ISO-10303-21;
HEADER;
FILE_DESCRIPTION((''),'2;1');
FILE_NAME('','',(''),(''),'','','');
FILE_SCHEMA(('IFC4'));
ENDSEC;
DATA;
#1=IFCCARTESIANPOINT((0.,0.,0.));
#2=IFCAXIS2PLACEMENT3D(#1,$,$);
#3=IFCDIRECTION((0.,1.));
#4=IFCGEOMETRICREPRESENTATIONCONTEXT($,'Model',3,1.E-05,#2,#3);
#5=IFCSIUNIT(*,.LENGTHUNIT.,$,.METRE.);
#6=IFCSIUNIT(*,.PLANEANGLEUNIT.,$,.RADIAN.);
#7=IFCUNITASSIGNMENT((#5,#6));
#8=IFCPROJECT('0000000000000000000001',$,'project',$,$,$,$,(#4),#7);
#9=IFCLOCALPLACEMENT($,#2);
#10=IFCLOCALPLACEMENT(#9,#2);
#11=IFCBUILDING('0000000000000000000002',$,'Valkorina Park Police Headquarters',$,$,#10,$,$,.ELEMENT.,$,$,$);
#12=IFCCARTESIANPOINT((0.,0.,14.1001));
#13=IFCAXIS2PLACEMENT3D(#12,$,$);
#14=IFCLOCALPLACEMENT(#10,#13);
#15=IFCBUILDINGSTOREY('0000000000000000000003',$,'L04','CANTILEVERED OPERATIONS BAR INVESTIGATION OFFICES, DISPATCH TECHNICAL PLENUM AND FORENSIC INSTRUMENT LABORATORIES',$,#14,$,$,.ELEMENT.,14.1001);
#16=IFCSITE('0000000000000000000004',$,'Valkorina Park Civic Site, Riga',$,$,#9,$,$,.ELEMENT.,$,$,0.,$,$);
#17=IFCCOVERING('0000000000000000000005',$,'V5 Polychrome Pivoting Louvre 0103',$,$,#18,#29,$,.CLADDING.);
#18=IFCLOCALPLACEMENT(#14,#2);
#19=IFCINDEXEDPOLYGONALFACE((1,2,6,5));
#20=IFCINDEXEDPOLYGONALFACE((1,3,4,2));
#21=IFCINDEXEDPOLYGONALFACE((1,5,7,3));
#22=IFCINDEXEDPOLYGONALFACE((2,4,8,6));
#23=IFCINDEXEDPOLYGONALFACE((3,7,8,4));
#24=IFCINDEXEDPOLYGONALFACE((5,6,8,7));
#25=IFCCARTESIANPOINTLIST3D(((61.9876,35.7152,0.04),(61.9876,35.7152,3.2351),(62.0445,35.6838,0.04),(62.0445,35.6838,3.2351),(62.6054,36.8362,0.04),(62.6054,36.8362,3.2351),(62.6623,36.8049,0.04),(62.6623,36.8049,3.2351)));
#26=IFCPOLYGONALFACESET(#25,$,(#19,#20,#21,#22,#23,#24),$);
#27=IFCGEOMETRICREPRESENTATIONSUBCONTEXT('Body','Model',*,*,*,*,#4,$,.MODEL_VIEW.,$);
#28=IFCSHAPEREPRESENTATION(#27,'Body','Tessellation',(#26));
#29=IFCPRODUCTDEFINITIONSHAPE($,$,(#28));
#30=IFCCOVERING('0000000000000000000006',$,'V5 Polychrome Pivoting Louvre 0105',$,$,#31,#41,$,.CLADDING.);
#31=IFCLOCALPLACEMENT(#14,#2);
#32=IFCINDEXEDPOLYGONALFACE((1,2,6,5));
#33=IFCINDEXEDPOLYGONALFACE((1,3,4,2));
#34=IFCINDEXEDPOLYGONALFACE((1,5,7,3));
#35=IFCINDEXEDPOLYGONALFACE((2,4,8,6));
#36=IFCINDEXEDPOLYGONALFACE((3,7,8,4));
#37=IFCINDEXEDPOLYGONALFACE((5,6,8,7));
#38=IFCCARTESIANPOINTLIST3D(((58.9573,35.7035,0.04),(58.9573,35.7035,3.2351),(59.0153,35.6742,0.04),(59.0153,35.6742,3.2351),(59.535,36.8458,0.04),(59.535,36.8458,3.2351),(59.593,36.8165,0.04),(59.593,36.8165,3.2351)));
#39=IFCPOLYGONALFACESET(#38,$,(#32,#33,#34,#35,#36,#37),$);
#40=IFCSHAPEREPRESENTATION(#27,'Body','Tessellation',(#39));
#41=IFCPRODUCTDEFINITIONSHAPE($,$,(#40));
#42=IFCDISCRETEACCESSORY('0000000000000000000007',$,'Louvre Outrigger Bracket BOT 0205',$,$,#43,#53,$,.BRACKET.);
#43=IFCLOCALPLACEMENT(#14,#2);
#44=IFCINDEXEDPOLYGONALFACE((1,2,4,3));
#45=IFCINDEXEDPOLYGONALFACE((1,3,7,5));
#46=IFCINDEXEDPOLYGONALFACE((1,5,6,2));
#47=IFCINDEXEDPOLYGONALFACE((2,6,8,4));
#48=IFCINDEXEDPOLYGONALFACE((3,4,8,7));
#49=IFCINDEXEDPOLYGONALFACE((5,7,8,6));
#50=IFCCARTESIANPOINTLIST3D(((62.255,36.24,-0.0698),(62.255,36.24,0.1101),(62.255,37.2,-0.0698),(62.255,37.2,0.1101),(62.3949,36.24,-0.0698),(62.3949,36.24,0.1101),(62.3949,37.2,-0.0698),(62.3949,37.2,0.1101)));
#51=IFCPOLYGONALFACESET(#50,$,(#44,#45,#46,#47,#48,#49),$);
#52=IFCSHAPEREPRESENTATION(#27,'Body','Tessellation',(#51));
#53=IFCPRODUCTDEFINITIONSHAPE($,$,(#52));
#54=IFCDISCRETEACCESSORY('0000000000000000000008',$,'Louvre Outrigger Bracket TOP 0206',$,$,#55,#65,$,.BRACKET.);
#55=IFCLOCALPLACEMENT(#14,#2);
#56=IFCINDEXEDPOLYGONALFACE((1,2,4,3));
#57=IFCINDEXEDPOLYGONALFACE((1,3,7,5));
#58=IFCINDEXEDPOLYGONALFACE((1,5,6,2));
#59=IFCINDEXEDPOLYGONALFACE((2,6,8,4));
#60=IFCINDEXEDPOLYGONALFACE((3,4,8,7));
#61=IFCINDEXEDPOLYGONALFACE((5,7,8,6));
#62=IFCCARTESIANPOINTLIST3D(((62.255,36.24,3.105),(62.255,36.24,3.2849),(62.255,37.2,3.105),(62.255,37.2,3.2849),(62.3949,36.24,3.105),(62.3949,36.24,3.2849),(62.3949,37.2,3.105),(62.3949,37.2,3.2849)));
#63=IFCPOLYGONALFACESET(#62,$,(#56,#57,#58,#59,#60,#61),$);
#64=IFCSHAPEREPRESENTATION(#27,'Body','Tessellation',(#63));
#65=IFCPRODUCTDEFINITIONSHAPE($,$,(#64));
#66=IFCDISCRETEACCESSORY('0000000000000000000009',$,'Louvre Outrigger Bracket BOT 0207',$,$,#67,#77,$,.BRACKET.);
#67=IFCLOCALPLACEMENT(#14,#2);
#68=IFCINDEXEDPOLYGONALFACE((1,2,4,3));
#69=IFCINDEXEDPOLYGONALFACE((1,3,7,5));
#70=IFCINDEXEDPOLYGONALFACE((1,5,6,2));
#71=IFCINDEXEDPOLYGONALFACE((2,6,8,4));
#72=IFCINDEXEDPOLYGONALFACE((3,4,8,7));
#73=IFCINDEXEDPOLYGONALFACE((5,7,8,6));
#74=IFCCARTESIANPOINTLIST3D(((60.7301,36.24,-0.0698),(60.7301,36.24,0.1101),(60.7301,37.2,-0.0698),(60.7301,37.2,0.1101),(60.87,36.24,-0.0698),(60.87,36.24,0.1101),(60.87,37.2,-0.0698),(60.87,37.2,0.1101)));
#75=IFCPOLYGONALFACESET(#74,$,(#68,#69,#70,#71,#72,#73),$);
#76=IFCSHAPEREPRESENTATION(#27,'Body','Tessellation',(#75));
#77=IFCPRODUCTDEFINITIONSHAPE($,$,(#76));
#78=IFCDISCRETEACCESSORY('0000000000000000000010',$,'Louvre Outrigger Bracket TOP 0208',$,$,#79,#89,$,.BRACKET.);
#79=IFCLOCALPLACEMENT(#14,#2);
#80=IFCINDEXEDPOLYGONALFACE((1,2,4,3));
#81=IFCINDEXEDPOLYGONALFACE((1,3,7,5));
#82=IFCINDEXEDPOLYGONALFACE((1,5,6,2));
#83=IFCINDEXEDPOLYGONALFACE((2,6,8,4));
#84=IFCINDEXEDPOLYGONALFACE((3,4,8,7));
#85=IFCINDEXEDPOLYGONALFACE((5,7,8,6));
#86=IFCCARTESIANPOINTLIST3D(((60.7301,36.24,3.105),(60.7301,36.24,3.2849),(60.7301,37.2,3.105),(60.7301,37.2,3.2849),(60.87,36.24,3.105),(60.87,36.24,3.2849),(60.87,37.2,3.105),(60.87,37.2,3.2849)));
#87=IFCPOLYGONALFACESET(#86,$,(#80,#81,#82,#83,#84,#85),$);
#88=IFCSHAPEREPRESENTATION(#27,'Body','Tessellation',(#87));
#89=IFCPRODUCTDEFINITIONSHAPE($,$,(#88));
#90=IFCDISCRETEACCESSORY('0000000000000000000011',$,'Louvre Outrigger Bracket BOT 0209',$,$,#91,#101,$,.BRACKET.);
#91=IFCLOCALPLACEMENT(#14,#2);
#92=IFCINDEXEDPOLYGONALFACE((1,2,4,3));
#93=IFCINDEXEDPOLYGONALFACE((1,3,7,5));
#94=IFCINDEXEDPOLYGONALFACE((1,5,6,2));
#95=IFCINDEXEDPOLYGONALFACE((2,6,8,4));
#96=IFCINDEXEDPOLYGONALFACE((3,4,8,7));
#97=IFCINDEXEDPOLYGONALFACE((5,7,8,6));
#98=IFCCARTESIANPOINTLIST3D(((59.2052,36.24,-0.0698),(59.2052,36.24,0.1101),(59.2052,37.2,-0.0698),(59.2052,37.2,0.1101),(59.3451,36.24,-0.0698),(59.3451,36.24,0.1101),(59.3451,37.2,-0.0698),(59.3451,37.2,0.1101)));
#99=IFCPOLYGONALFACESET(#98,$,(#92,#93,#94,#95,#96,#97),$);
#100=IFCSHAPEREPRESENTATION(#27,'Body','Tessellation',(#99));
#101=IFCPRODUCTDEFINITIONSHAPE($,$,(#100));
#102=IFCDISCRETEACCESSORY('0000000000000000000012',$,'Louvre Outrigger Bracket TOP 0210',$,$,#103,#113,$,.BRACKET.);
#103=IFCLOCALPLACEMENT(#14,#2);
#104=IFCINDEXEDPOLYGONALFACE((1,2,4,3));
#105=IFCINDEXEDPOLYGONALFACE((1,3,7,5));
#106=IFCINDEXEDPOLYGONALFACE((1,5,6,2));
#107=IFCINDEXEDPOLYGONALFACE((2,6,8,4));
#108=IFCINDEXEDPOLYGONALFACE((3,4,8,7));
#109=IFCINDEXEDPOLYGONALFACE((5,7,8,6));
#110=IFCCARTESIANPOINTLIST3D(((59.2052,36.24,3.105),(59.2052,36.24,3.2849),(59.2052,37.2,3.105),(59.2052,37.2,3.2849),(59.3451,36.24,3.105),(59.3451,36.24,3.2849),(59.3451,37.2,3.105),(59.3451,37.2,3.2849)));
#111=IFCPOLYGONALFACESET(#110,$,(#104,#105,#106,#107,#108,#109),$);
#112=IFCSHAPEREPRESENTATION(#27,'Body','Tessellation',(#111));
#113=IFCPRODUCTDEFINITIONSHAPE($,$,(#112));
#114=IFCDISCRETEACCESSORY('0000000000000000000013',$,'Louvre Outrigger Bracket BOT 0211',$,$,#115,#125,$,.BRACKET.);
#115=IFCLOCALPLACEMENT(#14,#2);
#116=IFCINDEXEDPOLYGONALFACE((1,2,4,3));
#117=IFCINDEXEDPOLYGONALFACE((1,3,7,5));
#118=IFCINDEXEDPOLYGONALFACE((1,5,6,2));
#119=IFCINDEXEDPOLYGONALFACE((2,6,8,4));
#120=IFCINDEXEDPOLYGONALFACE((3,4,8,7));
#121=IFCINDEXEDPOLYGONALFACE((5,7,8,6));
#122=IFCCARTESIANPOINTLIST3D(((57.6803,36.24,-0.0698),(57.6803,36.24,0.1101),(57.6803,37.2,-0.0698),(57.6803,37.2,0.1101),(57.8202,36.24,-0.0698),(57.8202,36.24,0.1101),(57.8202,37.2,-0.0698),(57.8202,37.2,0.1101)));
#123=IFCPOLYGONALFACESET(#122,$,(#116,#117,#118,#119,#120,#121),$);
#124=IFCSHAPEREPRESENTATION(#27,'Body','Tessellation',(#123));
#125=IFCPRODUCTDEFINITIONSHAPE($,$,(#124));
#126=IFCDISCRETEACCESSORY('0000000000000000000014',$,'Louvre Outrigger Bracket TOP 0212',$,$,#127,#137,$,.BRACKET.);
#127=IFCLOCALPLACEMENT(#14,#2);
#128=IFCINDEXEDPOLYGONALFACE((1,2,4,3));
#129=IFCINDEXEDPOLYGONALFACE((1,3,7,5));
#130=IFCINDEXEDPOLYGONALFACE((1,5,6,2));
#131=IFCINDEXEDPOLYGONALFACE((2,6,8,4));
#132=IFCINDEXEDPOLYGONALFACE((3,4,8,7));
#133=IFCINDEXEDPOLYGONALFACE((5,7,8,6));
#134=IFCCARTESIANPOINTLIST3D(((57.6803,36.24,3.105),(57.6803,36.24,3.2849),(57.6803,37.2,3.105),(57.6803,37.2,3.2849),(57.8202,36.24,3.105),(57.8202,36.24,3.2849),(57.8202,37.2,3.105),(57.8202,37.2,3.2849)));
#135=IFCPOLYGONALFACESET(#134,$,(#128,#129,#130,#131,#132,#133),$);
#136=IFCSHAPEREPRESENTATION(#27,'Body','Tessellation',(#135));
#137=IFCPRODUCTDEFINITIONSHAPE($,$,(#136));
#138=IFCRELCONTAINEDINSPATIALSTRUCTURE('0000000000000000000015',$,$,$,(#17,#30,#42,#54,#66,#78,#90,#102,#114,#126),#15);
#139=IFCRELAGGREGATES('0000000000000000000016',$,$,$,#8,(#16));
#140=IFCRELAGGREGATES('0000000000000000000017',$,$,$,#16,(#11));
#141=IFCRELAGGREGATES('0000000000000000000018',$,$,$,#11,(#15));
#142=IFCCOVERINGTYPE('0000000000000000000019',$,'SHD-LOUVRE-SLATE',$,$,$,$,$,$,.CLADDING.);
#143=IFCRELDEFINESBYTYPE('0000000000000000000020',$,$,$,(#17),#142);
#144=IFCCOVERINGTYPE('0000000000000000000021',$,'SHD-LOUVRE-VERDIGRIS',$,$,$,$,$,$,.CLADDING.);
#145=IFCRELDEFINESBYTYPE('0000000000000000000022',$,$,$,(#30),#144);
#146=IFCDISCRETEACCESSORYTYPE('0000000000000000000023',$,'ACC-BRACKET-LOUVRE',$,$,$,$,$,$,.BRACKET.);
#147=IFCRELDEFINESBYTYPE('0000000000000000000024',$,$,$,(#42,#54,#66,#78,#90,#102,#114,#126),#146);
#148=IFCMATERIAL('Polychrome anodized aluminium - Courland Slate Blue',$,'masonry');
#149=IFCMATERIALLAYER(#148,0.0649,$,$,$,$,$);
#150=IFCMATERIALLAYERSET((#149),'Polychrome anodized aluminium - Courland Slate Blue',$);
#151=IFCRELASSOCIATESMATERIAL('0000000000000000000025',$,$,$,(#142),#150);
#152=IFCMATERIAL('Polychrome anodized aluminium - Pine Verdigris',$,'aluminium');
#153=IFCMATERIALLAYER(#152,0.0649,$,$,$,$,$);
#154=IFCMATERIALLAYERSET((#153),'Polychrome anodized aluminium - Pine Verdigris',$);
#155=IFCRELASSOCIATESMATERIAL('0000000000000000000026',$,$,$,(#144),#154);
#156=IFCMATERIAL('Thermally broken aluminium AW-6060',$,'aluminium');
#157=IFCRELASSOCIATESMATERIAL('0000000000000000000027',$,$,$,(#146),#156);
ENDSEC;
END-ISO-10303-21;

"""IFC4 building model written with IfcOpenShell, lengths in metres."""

from ifc_helpers import new_model, si_unit, direction, frame, origin, origin_2d, place, context, subcontext, project, spatial, rectangle, extrude, material, layer, layer_set, type_object, element, save


model = new_model("IFC4")

# Units and contexts
model_context = context("Model", 3, precision=1e-05, world=origin(), true_north=direction((0.0, 1.0)))
body_context = subcontext(model_context, "Body", "Model", "MODEL_VIEW")
ifc_project = project(units=[si_unit("LENGTHUNIT", "METRE"), si_unit("PLANEANGLEUNIT", "RADIAN")], contexts=[model_context])

# Site, building, storey
site_placement = place(None, origin())
site = spatial("IfcSite", under=ifc_project, at=site_placement, Name="Valkorina Park Civic Site, Riga", CompositionType="ELEMENT", RefElevation=0.0)
building_placement = place(site_placement, origin())
building = spatial("IfcBuilding", under=site, at=building_placement, Name="Valkorina Park Police Headquarters", CompositionType="ELEMENT")
storey_placement = place(building_placement, frame((0.0, 0.0, 14.1001)))
storey = spatial("IfcBuildingStorey", under=building, at=storey_placement, Name="L04", Description="CANTILEVERED OPERATIONS BAR INVESTIGATION OFFICES, DISPATCH TECHNICAL PLENUM AND FORENSIC INSTRUMENT LABORATORIES", CompositionType="ELEMENT", Elevation=14.1001)

# Shared definitions
ifc_material_1 = material(Name="Thermally broken aluminium AW-6060", Category="aluminium")

# Coverings
ifc_material_2 = material(Name="Polychrome anodized aluminium - Courland Slate Blue", Category="masonry")
ifc_layer_1 = layer(ifc_material_2, 0.0649)
ifc_layer_set_1 = layer_set([ifc_layer_1], Name="Polychrome anodized aluminium - Courland Slate Blue")
covering_type_1 = type_object("IfcCoveringType", Name="SHD-LOUVRE-SLATE", PredefinedType="CLADDING", material=ifc_layer_set_1)
covering_1_placement = place(storey_placement, frame((62.325, 36.26, 0.04), z_axis=(0.0, 0.0, 1.0), x_axis=(-0.482671, -0.875802, 0.0)))
element("IfcCovering", 1, at=covering_1_placement, inside=storey, type_object=covering_type_1, Name="V5 Polychrome Pivoting Louvre 0103", PredefinedType="CLADDING", context=body_context, shape_type="SweptSolid", body=[
    extrude(rectangle(XDim=1.28, YDim=0.0649, at=origin_2d()), origin(), (0.0, 0.0, 1.0), 3.1951),
])
ifc_material_3 = material(Name="Polychrome anodized aluminium - Pine Verdigris", Category="aluminium")
ifc_layer_2 = layer(ifc_material_3, 0.0649)
ifc_layer_set_2 = layer_set([ifc_layer_2], Name="Polychrome anodized aluminium - Pine Verdigris")
covering_type_2 = type_object("IfcCoveringType", Name="SHD-LOUVRE-VERDIGRIS", PredefinedType="CLADDING", material=ifc_layer_set_2)
covering_2_placement = place(storey_placement, frame((59.2751, 36.26, 0.04), z_axis=(0.0, 0.0, 1.0), x_axis=(-0.451345, -0.89235, 0.0)))
element("IfcCovering", 2, at=covering_2_placement, inside=storey, type_object=covering_type_2, Name="V5 Polychrome Pivoting Louvre 0105", PredefinedType="CLADDING", context=body_context, shape_type="SweptSolid", body=[
    extrude(rectangle(XDim=1.28, YDim=0.0649, at=origin_2d()), origin(), (0.0, 0.0, 1.0), 3.1951),
])

# Discrete accessories
discrete_accessory_type = type_object("IfcDiscreteAccessoryType", Name="ACC-BRACKET-LOUVRE", PredefinedType="BRACKET", material=ifc_material_1)
for number, where, z_axis, x_axis, name in (
    (3, (62.325, 36.72, -0.0698), (0.0, 0.0, 1.0), (0.0, -1.0, 0.0), "Louvre Outrigger Bracket BOT 0205"),
    (4, (62.325, 36.72, 3.105), (0.0, 0.0, 1.0), (0.0, -1.0, 0.0), "Louvre Outrigger Bracket TOP 0206"),
    (5, (60.8, 36.72, -0.0698), (0.0, 0.0, 1.0), (0.0, -1.0, 0.0), "Louvre Outrigger Bracket BOT 0207"),
    (6, (60.8, 36.72, 3.105), (0.0, 0.0, 1.0), (0.0, -1.0, 0.0), "Louvre Outrigger Bracket TOP 0208"),
    (7, (59.2751, 36.72, -0.0698), (0.0, 0.0, 1.0), (0.0, -1.0, 0.0), "Louvre Outrigger Bracket BOT 0209"),
    (8, (59.2751, 36.72, 3.105), (0.0, 0.0, 1.0), (0.0, -1.0, 0.0), "Louvre Outrigger Bracket TOP 0210"),
    (9, (57.7502, 36.72, -0.0698), (0.0, 0.0, 1.0), (0.0, -1.0, 0.0), "Louvre Outrigger Bracket BOT 0211"),
    (10, (57.7502, 36.72, 3.105), (0.0, 0.0, 1.0), (0.0, -1.0, 0.0), "Louvre Outrigger Bracket TOP 0212"),
):
    element("IfcDiscreteAccessory", number, at=place(storey_placement, frame(where, z_axis=z_axis, x_axis=x_axis)), inside=storey, type_object=discrete_accessory_type, Name=name, PredefinedType="BRACKET", context=body_context, shape_type="SweptSolid", body=[
        extrude(rectangle(XDim=0.96, YDim=0.1399, at=origin_2d()), origin(), (0.0, 0.0, 1.0), 0.1799),
    ])

save(model, "model.ifc")
